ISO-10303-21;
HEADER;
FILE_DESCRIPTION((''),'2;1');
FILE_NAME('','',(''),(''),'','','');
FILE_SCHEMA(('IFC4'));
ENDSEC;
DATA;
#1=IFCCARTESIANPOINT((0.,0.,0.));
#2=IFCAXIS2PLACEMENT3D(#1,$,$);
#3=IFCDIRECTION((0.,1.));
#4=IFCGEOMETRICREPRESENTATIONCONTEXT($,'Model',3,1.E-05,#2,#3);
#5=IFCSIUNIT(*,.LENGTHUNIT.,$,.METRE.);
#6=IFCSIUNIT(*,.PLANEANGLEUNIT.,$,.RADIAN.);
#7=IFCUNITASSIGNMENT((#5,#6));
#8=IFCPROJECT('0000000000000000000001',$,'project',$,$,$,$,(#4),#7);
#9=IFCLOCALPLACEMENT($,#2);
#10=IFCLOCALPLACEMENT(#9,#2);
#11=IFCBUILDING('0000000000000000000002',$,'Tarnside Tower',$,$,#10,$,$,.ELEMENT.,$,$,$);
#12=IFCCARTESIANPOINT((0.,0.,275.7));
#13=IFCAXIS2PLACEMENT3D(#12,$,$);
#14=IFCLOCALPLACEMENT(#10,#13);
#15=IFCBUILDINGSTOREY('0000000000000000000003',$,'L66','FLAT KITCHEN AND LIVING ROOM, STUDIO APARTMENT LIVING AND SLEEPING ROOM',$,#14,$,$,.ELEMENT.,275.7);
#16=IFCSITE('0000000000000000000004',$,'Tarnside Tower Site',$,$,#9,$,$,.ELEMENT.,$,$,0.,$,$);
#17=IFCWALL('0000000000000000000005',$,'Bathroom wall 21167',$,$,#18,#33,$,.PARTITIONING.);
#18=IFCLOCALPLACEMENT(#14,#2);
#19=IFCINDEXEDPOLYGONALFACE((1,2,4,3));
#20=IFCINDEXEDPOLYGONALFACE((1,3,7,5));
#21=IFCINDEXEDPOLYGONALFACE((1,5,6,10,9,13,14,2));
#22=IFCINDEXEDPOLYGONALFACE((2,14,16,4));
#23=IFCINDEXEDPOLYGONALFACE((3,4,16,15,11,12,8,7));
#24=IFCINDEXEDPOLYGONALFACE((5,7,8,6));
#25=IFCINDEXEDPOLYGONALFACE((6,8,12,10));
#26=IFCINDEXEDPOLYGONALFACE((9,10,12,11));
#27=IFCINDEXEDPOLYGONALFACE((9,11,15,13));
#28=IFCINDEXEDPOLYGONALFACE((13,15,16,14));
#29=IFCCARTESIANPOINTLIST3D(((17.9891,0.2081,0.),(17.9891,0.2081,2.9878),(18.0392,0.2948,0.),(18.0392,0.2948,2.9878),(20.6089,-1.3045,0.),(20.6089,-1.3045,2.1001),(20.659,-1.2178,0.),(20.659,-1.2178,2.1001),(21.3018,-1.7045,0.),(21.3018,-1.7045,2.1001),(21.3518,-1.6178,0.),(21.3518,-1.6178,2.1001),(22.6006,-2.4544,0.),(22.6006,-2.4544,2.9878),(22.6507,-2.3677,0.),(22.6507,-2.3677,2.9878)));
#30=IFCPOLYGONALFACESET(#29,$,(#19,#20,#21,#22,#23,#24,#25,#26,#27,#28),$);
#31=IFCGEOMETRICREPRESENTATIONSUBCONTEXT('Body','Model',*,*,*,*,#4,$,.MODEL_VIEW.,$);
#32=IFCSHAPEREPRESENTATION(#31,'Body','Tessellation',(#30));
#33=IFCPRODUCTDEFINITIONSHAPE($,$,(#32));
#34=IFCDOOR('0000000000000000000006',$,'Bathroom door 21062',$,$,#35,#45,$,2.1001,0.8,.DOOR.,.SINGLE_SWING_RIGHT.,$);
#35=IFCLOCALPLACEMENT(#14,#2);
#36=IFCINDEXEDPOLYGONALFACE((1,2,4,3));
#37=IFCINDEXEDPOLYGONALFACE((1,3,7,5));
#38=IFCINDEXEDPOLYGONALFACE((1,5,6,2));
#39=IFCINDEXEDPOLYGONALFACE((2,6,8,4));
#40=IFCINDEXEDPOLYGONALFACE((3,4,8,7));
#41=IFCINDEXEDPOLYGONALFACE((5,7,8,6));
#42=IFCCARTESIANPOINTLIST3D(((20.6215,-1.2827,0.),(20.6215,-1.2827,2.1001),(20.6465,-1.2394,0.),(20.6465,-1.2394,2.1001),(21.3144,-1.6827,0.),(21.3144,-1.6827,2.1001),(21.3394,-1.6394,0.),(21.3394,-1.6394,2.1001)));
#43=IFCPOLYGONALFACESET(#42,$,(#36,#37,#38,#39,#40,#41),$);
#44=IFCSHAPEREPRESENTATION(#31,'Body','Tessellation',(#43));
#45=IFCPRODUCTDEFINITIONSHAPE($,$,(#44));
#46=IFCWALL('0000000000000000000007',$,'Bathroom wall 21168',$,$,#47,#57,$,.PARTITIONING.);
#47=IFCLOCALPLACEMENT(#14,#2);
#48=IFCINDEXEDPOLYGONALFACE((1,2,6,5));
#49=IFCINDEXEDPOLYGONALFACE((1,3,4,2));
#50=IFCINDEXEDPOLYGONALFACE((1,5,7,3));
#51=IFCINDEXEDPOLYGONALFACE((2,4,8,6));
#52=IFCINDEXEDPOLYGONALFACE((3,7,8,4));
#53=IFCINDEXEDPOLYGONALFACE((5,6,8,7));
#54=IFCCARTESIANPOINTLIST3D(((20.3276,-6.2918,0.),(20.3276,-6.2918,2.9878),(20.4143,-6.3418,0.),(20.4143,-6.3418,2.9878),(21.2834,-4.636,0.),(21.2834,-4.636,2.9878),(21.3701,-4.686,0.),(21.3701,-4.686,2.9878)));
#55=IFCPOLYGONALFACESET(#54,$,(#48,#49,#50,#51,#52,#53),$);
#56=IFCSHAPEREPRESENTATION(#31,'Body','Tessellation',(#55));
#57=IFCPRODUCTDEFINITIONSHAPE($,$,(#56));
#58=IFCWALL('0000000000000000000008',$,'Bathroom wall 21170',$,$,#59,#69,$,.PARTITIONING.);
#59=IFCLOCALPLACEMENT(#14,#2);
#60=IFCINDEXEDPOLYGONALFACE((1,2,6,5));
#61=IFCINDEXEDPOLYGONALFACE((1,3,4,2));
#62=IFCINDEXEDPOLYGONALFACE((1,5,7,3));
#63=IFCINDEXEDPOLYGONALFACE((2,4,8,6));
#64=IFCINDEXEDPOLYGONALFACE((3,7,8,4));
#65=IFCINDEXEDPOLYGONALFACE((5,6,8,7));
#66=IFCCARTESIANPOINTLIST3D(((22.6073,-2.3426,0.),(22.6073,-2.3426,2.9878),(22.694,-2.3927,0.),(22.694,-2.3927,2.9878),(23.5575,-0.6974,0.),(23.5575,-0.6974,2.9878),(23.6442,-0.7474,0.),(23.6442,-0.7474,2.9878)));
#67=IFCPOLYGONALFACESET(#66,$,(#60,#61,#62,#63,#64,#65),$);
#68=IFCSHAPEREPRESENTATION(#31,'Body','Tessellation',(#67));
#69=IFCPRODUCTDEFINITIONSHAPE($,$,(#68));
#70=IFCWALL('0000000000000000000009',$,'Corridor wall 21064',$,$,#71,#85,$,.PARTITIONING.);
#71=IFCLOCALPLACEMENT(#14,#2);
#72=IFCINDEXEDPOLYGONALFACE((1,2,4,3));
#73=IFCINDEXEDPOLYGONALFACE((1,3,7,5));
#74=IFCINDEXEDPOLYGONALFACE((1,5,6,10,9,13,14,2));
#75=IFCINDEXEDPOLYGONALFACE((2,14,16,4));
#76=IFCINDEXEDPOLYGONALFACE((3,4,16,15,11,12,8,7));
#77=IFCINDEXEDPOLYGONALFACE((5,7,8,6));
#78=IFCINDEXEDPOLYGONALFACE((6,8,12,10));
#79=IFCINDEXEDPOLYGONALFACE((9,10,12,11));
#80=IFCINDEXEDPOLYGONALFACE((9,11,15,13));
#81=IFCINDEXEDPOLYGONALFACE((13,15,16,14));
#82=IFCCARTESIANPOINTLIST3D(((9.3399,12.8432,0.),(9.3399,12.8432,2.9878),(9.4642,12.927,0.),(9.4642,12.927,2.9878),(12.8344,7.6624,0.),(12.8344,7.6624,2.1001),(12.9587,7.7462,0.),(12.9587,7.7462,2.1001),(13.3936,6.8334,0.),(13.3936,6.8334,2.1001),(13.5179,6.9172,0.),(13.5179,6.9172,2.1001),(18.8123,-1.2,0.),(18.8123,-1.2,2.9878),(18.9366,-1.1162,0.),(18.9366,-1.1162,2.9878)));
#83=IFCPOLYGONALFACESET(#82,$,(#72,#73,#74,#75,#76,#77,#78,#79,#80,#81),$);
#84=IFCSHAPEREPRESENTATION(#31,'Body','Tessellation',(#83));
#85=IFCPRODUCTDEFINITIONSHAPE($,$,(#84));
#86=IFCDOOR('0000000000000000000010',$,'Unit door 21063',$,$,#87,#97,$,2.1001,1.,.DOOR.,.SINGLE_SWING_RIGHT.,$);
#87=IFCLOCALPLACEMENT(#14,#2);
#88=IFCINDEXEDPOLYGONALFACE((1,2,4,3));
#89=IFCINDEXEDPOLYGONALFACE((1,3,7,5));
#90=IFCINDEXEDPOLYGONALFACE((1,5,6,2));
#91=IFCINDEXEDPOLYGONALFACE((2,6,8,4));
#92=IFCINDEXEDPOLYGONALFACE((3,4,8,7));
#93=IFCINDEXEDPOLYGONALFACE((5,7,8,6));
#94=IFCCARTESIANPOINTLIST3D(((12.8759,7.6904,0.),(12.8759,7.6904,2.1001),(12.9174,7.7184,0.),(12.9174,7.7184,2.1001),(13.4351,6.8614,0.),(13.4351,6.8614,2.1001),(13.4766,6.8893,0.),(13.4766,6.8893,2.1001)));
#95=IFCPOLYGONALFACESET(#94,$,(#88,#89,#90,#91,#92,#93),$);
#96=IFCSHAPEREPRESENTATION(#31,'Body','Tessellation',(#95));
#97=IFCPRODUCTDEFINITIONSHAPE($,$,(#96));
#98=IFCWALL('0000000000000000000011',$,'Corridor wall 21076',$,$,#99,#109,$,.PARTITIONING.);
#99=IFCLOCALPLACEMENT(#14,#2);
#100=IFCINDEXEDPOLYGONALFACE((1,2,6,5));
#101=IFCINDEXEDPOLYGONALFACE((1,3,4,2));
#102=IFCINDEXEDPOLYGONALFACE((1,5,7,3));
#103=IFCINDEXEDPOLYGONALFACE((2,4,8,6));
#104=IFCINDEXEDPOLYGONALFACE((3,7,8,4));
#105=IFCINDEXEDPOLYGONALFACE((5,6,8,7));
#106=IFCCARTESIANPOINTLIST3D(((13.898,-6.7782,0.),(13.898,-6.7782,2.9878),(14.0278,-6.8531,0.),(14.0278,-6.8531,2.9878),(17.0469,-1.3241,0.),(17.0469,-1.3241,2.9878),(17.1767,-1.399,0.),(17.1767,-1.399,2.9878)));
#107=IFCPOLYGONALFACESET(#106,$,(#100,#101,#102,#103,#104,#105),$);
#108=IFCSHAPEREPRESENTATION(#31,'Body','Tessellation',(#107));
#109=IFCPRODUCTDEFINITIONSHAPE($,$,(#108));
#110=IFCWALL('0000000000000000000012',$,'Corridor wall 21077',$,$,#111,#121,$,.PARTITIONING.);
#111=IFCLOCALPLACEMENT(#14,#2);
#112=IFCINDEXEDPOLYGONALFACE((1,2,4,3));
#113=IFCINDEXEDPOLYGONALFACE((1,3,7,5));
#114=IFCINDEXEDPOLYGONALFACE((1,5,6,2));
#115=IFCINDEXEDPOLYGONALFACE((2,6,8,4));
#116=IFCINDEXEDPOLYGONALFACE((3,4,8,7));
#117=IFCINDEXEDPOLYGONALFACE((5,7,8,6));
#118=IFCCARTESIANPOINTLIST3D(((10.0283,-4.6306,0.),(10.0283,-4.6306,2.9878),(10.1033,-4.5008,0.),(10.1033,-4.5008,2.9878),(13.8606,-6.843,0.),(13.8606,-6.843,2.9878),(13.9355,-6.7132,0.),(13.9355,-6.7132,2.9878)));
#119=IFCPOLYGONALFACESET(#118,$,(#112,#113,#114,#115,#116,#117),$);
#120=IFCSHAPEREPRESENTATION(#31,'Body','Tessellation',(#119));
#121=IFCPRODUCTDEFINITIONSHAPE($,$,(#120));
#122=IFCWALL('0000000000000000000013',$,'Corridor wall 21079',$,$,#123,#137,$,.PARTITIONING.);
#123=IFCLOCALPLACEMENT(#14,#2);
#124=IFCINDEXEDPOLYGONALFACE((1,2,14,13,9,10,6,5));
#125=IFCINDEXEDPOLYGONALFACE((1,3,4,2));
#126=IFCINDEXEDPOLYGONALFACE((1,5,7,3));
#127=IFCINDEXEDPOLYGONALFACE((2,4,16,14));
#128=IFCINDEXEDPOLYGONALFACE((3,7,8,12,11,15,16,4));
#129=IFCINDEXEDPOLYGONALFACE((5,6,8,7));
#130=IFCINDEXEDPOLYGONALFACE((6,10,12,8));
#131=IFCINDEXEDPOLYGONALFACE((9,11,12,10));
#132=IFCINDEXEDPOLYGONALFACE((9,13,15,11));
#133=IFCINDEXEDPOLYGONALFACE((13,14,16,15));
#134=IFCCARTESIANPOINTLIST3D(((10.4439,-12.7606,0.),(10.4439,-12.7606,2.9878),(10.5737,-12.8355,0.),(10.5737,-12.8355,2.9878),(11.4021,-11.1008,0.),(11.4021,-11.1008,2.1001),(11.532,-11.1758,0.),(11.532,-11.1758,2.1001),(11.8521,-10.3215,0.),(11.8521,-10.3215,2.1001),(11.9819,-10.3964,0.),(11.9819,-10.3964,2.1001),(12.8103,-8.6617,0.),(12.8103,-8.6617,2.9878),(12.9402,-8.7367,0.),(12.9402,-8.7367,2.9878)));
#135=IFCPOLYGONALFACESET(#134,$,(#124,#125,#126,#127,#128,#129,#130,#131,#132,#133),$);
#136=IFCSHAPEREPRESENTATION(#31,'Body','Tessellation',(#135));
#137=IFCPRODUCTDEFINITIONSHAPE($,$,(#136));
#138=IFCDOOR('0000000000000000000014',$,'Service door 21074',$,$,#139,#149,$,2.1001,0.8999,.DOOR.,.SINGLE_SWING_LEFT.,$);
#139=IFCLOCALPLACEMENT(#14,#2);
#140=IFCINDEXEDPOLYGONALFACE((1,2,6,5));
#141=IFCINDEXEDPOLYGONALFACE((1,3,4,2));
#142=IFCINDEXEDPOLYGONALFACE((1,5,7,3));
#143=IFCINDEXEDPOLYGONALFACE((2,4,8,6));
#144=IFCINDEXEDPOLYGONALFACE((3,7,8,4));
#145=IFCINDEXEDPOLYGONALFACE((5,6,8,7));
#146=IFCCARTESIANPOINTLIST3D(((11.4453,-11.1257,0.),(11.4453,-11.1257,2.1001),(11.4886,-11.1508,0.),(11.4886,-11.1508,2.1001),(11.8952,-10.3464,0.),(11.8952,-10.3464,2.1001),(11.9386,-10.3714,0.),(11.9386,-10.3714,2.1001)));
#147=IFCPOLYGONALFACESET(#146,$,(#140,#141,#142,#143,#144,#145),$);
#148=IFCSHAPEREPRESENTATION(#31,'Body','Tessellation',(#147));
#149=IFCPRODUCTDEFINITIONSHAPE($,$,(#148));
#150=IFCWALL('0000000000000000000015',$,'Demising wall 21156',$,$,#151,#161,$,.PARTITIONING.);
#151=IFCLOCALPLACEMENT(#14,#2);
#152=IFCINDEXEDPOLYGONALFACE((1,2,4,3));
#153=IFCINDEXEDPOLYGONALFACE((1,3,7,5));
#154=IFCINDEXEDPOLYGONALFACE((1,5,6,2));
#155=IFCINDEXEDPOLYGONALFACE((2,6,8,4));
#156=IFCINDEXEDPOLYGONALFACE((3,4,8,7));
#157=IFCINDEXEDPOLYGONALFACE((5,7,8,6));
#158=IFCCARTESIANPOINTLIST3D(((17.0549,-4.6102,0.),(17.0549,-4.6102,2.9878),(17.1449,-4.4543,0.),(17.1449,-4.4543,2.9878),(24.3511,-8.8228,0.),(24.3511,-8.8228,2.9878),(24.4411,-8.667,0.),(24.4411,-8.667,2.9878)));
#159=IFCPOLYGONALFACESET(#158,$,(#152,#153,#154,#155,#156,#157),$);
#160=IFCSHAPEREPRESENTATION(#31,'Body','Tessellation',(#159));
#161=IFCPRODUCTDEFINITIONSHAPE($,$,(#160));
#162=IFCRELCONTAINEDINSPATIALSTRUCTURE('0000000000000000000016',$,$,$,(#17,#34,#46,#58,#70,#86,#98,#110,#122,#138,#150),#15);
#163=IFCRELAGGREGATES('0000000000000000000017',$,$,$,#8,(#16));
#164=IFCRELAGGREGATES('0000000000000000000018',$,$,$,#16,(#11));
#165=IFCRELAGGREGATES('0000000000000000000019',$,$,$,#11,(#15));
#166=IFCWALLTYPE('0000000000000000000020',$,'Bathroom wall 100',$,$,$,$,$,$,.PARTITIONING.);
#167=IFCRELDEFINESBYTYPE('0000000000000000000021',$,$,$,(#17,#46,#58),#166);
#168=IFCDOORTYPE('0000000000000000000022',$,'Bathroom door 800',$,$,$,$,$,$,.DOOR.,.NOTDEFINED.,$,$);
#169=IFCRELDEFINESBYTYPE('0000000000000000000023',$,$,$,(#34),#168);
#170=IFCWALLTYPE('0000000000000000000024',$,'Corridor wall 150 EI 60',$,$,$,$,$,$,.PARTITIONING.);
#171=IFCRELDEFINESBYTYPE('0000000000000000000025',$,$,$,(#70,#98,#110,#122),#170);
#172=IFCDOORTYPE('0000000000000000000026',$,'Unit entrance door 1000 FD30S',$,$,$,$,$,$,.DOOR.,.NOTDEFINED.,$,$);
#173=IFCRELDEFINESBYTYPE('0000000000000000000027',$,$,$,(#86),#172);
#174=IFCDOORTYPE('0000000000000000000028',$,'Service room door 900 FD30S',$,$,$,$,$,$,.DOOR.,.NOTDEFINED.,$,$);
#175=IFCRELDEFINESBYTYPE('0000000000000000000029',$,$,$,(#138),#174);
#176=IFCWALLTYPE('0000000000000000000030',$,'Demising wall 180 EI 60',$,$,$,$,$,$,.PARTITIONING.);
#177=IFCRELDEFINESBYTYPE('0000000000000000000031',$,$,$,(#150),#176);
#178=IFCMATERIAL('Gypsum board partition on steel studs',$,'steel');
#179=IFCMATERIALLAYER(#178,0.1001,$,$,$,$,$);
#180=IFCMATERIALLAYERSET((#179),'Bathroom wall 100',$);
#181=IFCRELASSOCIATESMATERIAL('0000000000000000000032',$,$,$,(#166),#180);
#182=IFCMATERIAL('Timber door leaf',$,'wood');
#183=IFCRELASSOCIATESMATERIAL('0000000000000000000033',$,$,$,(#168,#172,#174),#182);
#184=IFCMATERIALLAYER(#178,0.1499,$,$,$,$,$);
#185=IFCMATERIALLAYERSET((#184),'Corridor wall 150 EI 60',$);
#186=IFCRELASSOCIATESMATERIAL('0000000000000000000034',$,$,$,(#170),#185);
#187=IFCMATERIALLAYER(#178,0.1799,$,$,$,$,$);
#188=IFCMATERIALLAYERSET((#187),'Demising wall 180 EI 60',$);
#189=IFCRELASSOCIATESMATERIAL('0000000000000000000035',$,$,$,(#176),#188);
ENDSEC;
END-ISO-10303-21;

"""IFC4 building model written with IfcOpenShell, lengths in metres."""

from ifc_helpers import new_model, si_unit, direction, frame, frame_2d, origin, place, context, subcontext, project, spatial, rectangle, extrude, material, layer, layer_set, type_object, element, fill, save


model = new_model("IFC4")

# Units and contexts
model_context = context("Model", 3, precision=1e-05, world=origin(), true_north=direction((0.0, 1.0)))
body_context = subcontext(model_context, "Body", "Model", "MODEL_VIEW")
ifc_project = project(units=[si_unit("LENGTHUNIT", "METRE"), si_unit("PLANEANGLEUNIT", "RADIAN")], contexts=[model_context])

# Site, building, storey
site_placement = place(None, origin())
site = spatial("IfcSite", under=ifc_project, at=site_placement, Name="Tarnside Tower Site", CompositionType="ELEMENT", RefElevation=0.0)
building_placement = place(site_placement, origin())
building = spatial("IfcBuilding", under=site, at=building_placement, Name="Tarnside Tower", CompositionType="ELEMENT")
storey_placement = place(building_placement, frame((0.0, 0.0, 275.7)))
storey = spatial("IfcBuildingStorey", under=building, at=storey_placement, Name="L66", Description="FLAT KITCHEN AND LIVING ROOM, STUDIO APARTMENT LIVING AND SLEEPING ROOM", CompositionType="ELEMENT", Elevation=275.7)

# Shared definitions
ifc_material_1 = material(Name="Gypsum board partition on steel studs", Category="steel")
ifc_layer_1 = layer(ifc_material_1, 0.1001)
ifc_layer_set_1 = layer_set([ifc_layer_1], Name="Bathroom wall 100")
wall_type_1 = type_object("IfcWallType", Name="Bathroom wall 100", PredefinedType="PARTITIONING", material=ifc_layer_set_1)

# Wall, opening, door
ifc_material_2 = material(Name="Timber door leaf", Category="wood")
door_type_1 = type_object("IfcDoorType", Name="Bathroom door 800", OperationType="NOTDEFINED", PredefinedType="DOOR", material=ifc_material_2)
wall_1_placement = place(storey_placement, frame((22.6257, -2.4111, 0.0), z_axis=(0.0, 0.0, 1.0), x_axis=(-0.866017, 0.500015, 0.0)))
wall_1 = element("IfcWall", 1, at=wall_1_placement, inside=storey, type_object=wall_type_1, Name="Bathroom wall 21167", PredefinedType="PARTITIONING", context=body_context, shape_type="SweptSolid", body=[
    extrude(rectangle(XDim=5.325, YDim=0.1001, at=frame_2d((2.6626, 0.0))), origin(), (0.0, 0.0, 1.0), 2.9878),
])
opening_1_placement = place(wall_1_placement, frame((1.5, 0.0, 0.0)))
opening_1 = element("IfcOpeningElement", 2, at=opening_1_placement, cuts=wall_1, PredefinedType="OPENING", context=body_context, shape_type="SweptSolid", body=[
    extrude(rectangle(XDim=0.8, YDim=2.1001, at=frame_2d((0.3999, 1.05))), frame((0.0, 0.0601, 0.0), z_axis=(0.0, -1.0, 0.0), x_axis=(1.0, 0.0, 0.0)), (0.0, 0.0, 1.0), 0.1201),
])
door_1_placement = place(opening_1_placement, origin())
door_1 = element("IfcDoor", 3, at=door_1_placement, inside=storey, type_object=door_type_1, Name="Bathroom door 21062", OperationType="SINGLE_SWING_RIGHT", OverallHeight=2.1001, OverallWidth=0.8, PredefinedType="DOOR", context=body_context, shape_type="SweptSolid", body=[
    extrude(rectangle(XDim=0.8, YDim=2.1001, at=frame_2d((0.3999, 1.05))), frame((0.0, 0.0249, 0.0), z_axis=(0.0, -1.0, 0.0), x_axis=(1.0, 0.0, 0.0)), (0.0, 0.0, 1.0), 0.05),
])
fill(opening_1, door_1)

# Walls
wall_2_placement = place(storey_placement, frame((20.3708, -6.3169, 0.0), z_axis=(0.0, 0.0, 1.0), x_axis=(0.499944, 0.866058, 0.0)))
element("IfcWall", 4, at=wall_2_placement, inside=storey, type_object=wall_type_1, Name="Bathroom wall 21168", PredefinedType="PARTITIONING", context=body_context, shape_type="SweptSolid", body=[
    extrude(rectangle(XDim=1.9119, YDim=0.1001, at=frame_2d((0.9561, 0.0))), origin(), (0.0, 0.0, 1.0), 2.9878),
])
wall_3_placement = place(storey_placement, frame((23.6008, -0.7224, 0.0), z_axis=(0.0, 0.0, 1.0), x_axis=(-0.500119, -0.865957, 0.0)))
element("IfcWall", 5, at=wall_3_placement, inside=storey, type_object=wall_type_1, Name="Bathroom wall 21170", PredefinedType="PARTITIONING", context=body_context, shape_type="SweptSolid", body=[
    extrude(rectangle(XDim=1.8999, YDim=0.1001, at=frame_2d((0.95, 0.0))), origin(), (0.0, 0.0, 1.0), 2.9878),
])

# Wall, opening, door
ifc_layer_2 = layer(ifc_material_1, 0.1499)
ifc_layer_set_2 = layer_set([ifc_layer_2], Name="Corridor wall 150 EI 60")
wall_type_2 = type_object("IfcWallType", Name="Corridor wall 150 EI 60", PredefinedType="PARTITIONING", material=ifc_layer_set_2)
wall_4_placement = place(storey_placement, frame((18.8745, -1.1582, 0.0), z_axis=(0.0, 0.0, 1.0), x_axis=(-0.559199, 0.829034, 0.0)))
wall_4 = element("IfcWall", 6, at=wall_4_placement, inside=storey, type_object=wall_type_2, Name="Corridor wall 21064", PredefinedType="PARTITIONING", context=body_context, shape_type="SweptSolid", body=[
    extrude(rectangle(XDim=16.9392, YDim=0.1499, at=frame_2d((8.4697, 0.0))), origin(), (0.0, 0.0, 1.0), 2.9878),
])
opening_2_placement = place(wall_4_placement, frame((9.6902, 0.0, 0.0)))
opening_2 = element("IfcOpeningElement", 7, at=opening_2_placement, cuts=wall_4, PredefinedType="OPENING", context=body_context, shape_type="SweptSolid", body=[
    extrude(rectangle(XDim=1.0, YDim=2.1001, at=frame_2d((0.5, 1.05))), frame((0.0, 0.085, 0.0), z_axis=(0.0, -1.0, 0.0), x_axis=(1.0, 0.0, 0.0)), (0.0, 0.0, 1.0), 0.1699),
])
door_type_2 = type_object("IfcDoorType", Name="Unit entrance door 1000 FD30S", OperationType="NOTDEFINED", PredefinedType="DOOR", material=ifc_material_2)
door_2_placement = place(opening_2_placement, origin())
door_2 = element("IfcDoor", 8, at=door_2_placement, inside=storey, type_object=door_type_2, Name="Unit door 21063", OperationType="SINGLE_SWING_RIGHT", OverallHeight=2.1001, OverallWidth=1.0, PredefinedType="DOOR", context=body_context, shape_type="SweptSolid", body=[
    extrude(rectangle(XDim=1.0, YDim=2.1001, at=frame_2d((0.5, 1.05))), frame((0.0, 0.0249, 0.0), z_axis=(0.0, -1.0, 0.0), x_axis=(1.0, 0.0, 0.0)), (0.0, 0.0, 1.0), 0.05),
])
fill(opening_2, door_2)

# Walls
wall_5_placement = place(storey_placement, frame((17.1118, -1.3616, 0.0), z_axis=(0.0, 0.0, 1.0), x_axis=(-0.5, -0.866025, 0.0)))
element("IfcWall", 9, at=wall_5_placement, inside=storey, type_object=wall_type_2, Name="Corridor wall 21076", PredefinedType="PARTITIONING", context=body_context, shape_type="SweptSolid", body=[
    extrude(rectangle(XDim=6.2979, YDim=0.1499, at=frame_2d((3.1489, 0.0))), origin(), (0.0, 0.0, 1.0), 2.9878),
])
wall_6_placement = place(storey_placement, frame((13.8979, -6.7781, 0.0), z_axis=(0.0, 0.0, 1.0), x_axis=(-0.866041, 0.499972, 0.0)))
element("IfcWall", 10, at=wall_6_placement, inside=storey, type_object=wall_type_2, Name="Corridor wall 21077", PredefinedType="PARTITIONING", context=body_context, shape_type="SweptSolid", body=[
    extrude(rectangle(XDim=4.425, YDim=0.1499, at=frame_2d((2.2124, 0.0))), origin(), (0.0, 0.0, 1.0), 2.9878),
])

# Wall, opening, door
wall_7_placement = place(storey_placement, frame((12.8752, -8.6992, 0.0), z_axis=(0.0, 0.0, 1.0), x_axis=(-0.499995, -0.866028, 0.0)))
wall_7 = element("IfcWall", 11, at=wall_7_placement, inside=storey, type_object=wall_type_2, Name="Corridor wall 21079", PredefinedType="PARTITIONING", context=body_context, shape_type="SweptSolid", body=[
    extrude(rectangle(XDim=4.7329, YDim=0.1499, at=frame_2d((2.3665, 0.0))), origin(), (0.0, 0.0, 1.0), 2.9878),
])
opening_3_placement = place(wall_7_placement, frame((1.9165, 0.0, 0.0)))
opening_3 = element("IfcOpeningElement", 12, at=opening_3_placement, cuts=wall_7, PredefinedType="OPENING", context=body_context, shape_type="SweptSolid", body=[
    extrude(rectangle(XDim=0.8999, YDim=2.1001, at=frame_2d((0.45, 1.05))), frame((0.0, 0.085, 0.0), z_axis=(0.0, -1.0, 0.0), x_axis=(1.0, 0.0, 0.0)), (0.0, 0.0, 1.0), 0.1699),
])
door_type_3 = type_object("IfcDoorType", Name="Service room door 900 FD30S", OperationType="NOTDEFINED", PredefinedType="DOOR", material=ifc_material_2)
door_3_placement = place(opening_3_placement, origin())
door_3 = element("IfcDoor", 13, at=door_3_placement, inside=storey, type_object=door_type_3, Name="Service door 21074", OperationType="SINGLE_SWING_LEFT", OverallHeight=2.1001, OverallWidth=0.8999, PredefinedType="DOOR", context=body_context, shape_type="SweptSolid", body=[
    extrude(rectangle(XDim=0.8999, YDim=2.1001, at=frame_2d((0.45, 1.05))), frame((0.0, 0.0249, 0.0), z_axis=(0.0, -1.0, 0.0), x_axis=(1.0, 0.0, 0.0)), (0.0, 0.0, 1.0), 0.05),
])
fill(opening_3, door_3)

# Wall
ifc_layer_3 = layer(ifc_material_1, 0.1799)
ifc_layer_set_3 = layer_set([ifc_layer_3], Name="Demising wall 180 EI 60")
wall_type_3 = type_object("IfcWallType", Name="Demising wall 180 EI 60", PredefinedType="PARTITIONING", material=ifc_layer_set_3)
wall_8_placement = place(storey_placement, frame((24.396, -8.7449, 0.0), z_axis=(0.0, 0.0, 1.0), x_axis=(-0.866014, 0.500019, 0.0)))
element("IfcWall", 14, at=wall_8_placement, inside=storey, type_object=wall_type_3, Name="Demising wall 21156", PredefinedType="PARTITIONING", context=body_context, shape_type="SweptSolid", body=[
    extrude(rectangle(XDim=8.425, YDim=0.1799, at=frame_2d((4.2124, 0.0))), origin(), (0.0, 0.0, 1.0), 2.9878),
])

save(model, "model.ifc")
